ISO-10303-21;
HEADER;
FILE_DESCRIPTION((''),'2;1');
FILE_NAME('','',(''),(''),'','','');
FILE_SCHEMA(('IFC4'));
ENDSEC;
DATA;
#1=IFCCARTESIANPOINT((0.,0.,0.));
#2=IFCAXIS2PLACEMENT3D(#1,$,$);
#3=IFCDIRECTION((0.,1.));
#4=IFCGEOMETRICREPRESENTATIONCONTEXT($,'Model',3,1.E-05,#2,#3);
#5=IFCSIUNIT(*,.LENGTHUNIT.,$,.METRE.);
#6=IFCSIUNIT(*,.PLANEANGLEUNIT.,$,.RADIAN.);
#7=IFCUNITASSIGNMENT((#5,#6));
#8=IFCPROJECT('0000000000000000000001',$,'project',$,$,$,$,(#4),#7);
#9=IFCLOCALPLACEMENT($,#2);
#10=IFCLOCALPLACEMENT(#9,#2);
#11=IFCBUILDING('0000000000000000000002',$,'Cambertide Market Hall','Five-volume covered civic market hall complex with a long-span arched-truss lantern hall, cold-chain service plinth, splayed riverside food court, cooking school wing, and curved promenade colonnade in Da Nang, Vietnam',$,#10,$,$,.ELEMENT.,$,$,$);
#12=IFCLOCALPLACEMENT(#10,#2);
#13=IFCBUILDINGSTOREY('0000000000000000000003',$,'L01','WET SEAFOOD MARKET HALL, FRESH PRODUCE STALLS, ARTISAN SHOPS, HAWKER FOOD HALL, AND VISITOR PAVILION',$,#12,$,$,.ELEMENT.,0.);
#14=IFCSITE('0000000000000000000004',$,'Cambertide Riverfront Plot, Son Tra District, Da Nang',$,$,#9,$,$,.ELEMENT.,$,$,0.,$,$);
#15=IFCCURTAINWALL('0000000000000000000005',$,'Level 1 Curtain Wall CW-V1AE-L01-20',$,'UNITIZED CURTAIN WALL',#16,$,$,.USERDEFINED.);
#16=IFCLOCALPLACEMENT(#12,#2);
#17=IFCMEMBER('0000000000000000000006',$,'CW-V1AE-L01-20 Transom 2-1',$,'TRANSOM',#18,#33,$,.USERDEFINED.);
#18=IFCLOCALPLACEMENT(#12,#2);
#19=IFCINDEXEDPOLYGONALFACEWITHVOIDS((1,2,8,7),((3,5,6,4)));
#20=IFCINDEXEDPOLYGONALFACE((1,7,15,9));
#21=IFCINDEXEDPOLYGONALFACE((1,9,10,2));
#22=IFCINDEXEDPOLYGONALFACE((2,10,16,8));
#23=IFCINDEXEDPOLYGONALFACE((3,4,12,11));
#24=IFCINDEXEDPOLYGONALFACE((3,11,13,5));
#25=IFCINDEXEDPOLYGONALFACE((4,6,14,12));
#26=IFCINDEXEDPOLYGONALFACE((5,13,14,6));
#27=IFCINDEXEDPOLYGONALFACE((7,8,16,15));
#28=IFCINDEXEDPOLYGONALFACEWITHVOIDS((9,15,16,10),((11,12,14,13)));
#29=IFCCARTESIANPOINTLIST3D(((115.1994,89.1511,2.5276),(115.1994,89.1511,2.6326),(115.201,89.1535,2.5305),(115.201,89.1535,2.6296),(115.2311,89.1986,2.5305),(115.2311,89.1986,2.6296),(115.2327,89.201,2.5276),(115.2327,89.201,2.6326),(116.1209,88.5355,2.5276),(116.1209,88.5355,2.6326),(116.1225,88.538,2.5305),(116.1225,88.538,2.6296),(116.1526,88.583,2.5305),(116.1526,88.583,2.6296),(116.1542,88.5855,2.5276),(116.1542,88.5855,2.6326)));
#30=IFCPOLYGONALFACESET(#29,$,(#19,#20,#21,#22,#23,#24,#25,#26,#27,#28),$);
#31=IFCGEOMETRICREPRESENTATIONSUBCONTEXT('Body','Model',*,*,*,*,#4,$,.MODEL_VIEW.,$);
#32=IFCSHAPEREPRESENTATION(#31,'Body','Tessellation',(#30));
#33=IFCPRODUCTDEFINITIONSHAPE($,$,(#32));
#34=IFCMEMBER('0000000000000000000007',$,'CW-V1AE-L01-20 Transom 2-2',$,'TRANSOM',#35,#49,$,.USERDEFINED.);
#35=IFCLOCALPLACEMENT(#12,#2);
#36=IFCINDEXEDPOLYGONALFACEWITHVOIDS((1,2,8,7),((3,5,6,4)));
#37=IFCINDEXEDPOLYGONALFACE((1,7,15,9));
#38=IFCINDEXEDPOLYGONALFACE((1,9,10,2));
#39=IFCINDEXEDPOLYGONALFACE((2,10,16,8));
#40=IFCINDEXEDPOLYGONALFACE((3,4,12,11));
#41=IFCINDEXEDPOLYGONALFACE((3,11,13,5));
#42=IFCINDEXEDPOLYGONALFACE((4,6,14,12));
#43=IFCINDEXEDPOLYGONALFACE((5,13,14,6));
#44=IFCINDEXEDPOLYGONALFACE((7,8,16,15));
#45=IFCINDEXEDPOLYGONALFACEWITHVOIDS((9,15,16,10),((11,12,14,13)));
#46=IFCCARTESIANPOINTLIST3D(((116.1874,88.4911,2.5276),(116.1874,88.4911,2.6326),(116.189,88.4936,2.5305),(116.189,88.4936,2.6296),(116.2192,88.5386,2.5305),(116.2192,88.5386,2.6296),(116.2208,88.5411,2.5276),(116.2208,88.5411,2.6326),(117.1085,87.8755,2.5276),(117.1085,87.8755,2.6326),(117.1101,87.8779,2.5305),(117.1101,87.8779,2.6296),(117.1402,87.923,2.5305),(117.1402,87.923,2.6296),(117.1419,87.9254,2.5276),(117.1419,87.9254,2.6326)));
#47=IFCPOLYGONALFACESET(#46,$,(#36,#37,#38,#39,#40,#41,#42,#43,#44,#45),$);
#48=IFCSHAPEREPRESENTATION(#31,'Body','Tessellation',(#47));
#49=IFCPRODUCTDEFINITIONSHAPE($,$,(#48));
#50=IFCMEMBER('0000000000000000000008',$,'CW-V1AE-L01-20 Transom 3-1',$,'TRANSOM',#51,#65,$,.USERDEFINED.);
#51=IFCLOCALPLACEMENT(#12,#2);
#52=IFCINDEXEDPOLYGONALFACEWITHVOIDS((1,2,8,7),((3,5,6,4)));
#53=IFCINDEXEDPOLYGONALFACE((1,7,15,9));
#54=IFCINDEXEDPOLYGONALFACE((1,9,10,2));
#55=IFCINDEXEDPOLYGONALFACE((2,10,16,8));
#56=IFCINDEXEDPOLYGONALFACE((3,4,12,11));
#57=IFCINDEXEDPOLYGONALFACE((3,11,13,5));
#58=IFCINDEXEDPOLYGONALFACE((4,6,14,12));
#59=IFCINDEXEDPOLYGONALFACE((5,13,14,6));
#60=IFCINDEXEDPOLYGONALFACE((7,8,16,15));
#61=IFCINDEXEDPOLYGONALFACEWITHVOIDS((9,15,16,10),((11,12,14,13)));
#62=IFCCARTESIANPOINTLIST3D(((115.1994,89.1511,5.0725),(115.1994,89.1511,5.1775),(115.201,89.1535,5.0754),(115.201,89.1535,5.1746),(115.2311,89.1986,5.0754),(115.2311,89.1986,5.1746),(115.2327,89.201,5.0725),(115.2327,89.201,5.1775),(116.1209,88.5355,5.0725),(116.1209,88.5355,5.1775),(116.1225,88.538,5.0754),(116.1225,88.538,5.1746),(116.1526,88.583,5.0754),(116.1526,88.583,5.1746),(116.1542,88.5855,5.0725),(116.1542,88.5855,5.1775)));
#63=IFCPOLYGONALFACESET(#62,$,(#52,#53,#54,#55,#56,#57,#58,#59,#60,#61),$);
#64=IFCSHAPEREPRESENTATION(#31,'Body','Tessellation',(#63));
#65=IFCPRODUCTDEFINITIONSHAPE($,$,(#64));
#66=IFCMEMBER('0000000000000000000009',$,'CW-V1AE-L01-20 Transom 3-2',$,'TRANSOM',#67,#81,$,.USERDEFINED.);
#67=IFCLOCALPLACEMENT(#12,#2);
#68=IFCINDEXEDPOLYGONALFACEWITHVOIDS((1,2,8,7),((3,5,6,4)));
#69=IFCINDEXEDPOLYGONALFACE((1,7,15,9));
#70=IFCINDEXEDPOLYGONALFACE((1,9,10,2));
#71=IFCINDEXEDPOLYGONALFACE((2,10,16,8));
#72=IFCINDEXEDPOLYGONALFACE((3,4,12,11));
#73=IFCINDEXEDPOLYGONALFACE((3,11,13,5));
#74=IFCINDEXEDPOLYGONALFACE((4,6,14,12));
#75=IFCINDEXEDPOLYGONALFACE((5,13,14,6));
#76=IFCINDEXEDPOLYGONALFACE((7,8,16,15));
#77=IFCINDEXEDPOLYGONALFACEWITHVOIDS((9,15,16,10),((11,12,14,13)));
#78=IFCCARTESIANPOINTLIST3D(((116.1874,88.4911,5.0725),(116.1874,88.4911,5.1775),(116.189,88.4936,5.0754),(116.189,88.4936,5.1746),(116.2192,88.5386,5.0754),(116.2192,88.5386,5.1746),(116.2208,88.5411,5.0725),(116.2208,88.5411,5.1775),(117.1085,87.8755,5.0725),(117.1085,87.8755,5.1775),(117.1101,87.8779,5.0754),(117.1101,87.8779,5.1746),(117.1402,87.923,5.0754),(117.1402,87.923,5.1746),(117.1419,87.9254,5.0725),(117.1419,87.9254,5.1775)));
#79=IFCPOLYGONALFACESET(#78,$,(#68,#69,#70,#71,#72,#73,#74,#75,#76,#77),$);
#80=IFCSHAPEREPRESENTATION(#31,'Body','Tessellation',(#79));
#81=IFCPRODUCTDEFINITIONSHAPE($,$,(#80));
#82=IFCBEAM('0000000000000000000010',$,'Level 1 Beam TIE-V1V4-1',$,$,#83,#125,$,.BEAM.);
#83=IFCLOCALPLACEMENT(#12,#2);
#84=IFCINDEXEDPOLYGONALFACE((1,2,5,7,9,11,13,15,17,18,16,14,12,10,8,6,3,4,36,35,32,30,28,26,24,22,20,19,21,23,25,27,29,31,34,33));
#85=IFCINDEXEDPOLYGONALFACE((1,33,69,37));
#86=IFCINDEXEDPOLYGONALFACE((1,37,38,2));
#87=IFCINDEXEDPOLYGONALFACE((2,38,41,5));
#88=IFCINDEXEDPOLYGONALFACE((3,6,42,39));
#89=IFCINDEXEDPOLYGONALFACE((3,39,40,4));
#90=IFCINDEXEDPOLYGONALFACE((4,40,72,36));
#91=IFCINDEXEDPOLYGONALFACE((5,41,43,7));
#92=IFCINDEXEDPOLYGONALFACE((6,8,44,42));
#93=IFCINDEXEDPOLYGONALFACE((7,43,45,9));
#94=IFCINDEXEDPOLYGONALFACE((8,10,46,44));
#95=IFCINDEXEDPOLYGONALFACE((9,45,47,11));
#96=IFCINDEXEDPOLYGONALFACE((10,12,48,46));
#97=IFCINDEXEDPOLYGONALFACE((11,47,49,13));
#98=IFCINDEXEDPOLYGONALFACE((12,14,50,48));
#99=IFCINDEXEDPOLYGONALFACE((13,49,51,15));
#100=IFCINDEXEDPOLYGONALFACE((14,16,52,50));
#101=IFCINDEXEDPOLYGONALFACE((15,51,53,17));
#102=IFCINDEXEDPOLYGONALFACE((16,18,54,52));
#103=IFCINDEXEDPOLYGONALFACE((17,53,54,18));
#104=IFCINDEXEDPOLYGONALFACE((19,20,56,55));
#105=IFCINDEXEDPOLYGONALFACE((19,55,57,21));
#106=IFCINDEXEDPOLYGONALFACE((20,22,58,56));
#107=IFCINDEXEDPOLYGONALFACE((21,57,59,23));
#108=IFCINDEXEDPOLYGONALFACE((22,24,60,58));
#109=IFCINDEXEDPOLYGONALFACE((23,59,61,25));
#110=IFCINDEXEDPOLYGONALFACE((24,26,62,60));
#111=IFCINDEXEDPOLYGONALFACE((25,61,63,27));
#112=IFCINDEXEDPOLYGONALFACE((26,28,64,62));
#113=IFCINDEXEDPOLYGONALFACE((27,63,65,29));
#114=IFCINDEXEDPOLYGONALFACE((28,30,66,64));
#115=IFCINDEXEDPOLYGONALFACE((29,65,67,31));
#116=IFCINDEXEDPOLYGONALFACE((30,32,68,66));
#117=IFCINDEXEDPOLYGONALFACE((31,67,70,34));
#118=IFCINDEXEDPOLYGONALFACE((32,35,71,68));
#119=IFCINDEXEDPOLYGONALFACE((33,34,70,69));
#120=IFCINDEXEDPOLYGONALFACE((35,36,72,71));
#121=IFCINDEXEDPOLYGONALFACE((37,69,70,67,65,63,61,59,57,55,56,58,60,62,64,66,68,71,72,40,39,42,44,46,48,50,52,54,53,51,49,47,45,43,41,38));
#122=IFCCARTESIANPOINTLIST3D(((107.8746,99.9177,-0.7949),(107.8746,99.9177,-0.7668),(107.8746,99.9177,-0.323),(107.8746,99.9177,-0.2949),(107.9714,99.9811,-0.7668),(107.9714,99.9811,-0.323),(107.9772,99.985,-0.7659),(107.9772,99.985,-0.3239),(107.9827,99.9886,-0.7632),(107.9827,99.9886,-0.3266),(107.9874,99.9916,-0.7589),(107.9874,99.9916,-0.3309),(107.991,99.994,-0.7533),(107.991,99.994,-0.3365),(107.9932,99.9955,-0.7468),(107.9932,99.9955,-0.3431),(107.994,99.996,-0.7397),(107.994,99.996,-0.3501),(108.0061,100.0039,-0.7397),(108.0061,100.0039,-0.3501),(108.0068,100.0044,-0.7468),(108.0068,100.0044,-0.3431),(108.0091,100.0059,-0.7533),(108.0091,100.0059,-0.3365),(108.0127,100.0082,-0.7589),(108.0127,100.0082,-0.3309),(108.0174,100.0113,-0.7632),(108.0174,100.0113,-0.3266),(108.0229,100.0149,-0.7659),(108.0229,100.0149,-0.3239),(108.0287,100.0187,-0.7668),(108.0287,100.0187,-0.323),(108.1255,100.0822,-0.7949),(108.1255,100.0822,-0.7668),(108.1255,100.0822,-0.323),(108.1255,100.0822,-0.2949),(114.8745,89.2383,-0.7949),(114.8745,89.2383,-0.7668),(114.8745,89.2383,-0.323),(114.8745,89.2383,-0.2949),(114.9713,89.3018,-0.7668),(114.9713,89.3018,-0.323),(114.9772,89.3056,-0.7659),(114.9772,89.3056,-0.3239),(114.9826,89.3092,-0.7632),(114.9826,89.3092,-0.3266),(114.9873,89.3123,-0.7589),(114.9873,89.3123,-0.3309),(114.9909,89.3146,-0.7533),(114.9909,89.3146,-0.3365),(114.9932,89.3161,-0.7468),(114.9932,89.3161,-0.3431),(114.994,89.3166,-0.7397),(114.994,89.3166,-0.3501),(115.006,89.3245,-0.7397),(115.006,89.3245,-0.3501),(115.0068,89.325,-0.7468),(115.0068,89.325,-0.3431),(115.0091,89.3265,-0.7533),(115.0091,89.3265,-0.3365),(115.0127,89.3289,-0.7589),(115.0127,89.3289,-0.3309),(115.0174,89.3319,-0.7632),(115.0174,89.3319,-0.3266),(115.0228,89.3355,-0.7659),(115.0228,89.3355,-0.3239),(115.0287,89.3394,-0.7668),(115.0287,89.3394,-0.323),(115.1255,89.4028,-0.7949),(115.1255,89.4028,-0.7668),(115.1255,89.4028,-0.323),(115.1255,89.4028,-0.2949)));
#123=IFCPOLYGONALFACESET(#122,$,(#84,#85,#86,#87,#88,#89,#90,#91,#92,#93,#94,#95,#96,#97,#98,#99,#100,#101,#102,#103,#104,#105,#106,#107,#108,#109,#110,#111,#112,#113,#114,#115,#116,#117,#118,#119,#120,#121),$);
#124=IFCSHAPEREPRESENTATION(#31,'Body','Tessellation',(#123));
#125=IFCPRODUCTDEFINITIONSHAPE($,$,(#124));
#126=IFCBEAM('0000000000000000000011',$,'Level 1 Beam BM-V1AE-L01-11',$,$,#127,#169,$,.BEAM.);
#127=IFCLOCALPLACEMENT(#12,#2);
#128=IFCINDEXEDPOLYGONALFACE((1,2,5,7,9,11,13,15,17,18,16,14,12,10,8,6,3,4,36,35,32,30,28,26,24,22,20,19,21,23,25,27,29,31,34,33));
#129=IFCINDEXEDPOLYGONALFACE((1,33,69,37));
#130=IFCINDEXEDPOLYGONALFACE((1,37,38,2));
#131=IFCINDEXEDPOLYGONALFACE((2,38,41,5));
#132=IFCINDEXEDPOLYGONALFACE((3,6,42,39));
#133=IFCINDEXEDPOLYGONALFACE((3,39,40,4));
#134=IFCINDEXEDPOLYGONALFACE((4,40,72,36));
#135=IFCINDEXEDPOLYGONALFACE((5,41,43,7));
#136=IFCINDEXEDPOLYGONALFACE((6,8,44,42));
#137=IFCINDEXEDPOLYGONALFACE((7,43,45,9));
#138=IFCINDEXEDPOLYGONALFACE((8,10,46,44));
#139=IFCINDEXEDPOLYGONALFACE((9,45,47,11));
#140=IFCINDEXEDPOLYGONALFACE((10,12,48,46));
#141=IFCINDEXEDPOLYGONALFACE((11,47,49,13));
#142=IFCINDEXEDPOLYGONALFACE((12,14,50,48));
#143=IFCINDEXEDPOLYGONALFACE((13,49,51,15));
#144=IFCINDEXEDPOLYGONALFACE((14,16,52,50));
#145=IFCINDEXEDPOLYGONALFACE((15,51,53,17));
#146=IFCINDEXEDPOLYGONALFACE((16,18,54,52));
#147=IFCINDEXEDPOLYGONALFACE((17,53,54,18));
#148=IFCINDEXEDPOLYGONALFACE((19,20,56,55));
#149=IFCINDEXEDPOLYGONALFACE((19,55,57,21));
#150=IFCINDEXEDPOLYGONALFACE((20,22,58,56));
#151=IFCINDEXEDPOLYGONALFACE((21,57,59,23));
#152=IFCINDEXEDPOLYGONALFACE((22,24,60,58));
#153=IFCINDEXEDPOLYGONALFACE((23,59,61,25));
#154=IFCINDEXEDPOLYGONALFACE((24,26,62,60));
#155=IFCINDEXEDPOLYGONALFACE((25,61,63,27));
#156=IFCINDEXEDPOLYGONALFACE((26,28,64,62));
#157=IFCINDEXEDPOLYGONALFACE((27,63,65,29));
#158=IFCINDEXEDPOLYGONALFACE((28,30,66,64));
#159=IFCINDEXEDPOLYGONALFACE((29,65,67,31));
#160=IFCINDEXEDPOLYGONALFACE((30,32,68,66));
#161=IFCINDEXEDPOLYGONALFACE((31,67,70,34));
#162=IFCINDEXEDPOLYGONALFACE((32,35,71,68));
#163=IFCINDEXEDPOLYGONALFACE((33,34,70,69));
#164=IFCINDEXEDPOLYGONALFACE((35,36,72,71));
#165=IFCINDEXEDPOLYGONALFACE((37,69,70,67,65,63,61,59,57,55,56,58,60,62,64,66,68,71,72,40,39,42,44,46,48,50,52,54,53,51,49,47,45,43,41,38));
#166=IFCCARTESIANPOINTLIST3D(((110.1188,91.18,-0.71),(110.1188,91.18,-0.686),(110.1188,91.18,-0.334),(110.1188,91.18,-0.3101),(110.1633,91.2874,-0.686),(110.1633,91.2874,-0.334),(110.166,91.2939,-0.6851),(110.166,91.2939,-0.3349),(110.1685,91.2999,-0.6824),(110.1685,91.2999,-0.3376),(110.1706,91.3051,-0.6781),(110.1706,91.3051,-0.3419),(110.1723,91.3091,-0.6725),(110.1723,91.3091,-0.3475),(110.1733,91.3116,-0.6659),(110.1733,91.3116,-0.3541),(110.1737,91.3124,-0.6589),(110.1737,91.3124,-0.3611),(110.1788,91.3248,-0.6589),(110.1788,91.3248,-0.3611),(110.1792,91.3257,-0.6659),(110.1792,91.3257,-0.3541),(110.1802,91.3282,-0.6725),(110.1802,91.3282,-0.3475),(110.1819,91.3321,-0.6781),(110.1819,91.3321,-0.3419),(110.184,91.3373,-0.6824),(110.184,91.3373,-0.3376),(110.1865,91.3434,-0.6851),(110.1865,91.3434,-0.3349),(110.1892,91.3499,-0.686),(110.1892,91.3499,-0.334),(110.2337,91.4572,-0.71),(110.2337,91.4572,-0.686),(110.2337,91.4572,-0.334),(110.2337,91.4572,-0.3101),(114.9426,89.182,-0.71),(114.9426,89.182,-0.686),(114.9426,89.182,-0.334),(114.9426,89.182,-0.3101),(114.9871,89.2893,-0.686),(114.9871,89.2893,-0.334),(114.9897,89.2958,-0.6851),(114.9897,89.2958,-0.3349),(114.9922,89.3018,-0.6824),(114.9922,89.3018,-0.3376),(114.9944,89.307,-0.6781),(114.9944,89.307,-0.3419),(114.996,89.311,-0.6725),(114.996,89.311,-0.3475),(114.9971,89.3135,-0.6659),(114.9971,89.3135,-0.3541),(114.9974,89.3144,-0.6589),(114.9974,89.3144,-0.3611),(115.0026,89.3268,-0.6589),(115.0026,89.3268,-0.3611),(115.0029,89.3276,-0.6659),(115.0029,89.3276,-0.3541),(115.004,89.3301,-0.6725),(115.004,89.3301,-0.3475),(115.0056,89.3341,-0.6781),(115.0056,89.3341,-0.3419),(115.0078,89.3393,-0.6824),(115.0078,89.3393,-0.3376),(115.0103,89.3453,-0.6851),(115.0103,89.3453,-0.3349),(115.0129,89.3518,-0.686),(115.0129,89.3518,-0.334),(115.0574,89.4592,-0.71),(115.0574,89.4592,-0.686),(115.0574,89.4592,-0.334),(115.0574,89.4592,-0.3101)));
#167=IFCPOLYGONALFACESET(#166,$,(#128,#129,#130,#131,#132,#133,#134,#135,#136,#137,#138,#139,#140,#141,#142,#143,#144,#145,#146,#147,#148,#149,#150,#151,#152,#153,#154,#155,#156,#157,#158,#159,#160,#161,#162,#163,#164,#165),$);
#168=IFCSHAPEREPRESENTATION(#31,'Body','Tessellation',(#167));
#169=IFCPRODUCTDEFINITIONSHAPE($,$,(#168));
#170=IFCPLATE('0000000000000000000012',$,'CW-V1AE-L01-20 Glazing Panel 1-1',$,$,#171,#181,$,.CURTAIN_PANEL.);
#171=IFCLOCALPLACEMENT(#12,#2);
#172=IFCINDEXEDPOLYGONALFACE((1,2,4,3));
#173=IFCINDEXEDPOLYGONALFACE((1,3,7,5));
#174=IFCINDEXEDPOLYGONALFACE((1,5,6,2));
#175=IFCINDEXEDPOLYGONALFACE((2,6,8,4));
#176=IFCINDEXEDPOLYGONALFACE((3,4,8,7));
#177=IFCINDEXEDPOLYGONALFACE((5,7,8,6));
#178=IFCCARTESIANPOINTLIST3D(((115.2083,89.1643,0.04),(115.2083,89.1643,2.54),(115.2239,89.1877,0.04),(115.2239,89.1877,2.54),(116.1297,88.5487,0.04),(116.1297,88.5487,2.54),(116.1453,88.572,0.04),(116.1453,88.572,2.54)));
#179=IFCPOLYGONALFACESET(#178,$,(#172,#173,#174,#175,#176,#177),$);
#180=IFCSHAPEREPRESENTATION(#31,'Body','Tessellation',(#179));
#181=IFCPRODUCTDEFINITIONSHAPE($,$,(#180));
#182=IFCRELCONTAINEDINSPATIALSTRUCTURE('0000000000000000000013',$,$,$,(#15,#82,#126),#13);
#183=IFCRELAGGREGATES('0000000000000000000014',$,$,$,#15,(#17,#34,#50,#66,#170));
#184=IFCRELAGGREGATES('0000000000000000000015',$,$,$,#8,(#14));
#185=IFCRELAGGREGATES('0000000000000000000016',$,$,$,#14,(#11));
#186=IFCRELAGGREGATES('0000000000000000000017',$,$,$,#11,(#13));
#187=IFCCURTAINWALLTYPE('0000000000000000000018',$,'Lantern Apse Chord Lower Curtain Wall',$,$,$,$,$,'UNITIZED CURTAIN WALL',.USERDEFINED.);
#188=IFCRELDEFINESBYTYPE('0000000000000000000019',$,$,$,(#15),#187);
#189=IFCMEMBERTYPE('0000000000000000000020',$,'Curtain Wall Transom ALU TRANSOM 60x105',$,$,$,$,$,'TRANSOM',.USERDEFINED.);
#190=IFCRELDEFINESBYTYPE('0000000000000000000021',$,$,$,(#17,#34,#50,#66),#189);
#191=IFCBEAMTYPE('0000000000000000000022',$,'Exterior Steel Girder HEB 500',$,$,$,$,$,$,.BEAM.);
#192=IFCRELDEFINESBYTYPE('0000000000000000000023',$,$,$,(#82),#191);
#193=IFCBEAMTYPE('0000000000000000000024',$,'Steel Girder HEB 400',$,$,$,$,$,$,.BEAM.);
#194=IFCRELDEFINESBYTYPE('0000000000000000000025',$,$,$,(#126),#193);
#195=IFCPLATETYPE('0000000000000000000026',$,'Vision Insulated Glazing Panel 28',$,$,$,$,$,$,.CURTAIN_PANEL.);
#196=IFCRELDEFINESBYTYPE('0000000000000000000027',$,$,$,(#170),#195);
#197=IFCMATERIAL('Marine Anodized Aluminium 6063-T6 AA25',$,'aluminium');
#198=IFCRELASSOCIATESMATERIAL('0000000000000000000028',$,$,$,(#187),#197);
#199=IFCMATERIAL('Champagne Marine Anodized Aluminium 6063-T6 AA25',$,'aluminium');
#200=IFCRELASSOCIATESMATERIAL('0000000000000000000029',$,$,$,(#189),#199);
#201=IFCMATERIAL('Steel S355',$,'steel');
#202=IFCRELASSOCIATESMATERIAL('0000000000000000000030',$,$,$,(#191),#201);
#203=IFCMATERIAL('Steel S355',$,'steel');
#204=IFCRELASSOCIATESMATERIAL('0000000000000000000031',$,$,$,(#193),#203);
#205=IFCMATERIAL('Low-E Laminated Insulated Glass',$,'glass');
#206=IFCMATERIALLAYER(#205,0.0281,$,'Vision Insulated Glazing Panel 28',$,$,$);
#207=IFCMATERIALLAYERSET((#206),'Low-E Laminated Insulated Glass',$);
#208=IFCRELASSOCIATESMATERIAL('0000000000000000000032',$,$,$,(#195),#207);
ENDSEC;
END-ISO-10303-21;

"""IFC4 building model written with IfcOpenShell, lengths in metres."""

from ifc_helpers import new_model, si_unit, direction, frame, origin, origin_2d, place, context, subcontext, project, spatial, rectangle, hollow_rectangle, i_section, extrude, material, layer, layer_set, material_profile, profile_set, type_object, element, aggregate, save


model = new_model("IFC4")

# Units and contexts
model_context = context("Model", 3, precision=1e-05, world=origin(), true_north=direction((0.0, 1.0)))
body_context = subcontext(model_context, "Body", "Model", "MODEL_VIEW")
ifc_project = project(units=[si_unit("LENGTHUNIT", "METRE"), si_unit("PLANEANGLEUNIT", "RADIAN")], contexts=[model_context])

# Site, building, storey
site_placement = place(None, origin())
site = spatial("IfcSite", under=ifc_project, at=site_placement, Name="Cambertide Riverfront Plot, Son Tra District, Da Nang", CompositionType="ELEMENT", RefElevation=0.0)
building_placement = place(site_placement, origin())
building = spatial("IfcBuilding", under=site, at=building_placement, Name="Cambertide Market Hall", Description="Five-volume covered civic market hall complex with a long-span arched-truss lantern hall, cold-chain service plinth, splayed riverside food court, cooking school wing, and curved promenade colonnade in Da Nang, Vietnam", CompositionType="ELEMENT")
storey_placement = place(building_placement, origin())
storey = spatial("IfcBuildingStorey", under=building, at=storey_placement, Name="L01", Description="WET SEAFOOD MARKET HALL, FRESH PRODUCE STALLS, ARTISAN SHOPS, HAWKER FOOD HALL, AND VISITOR PAVILION", CompositionType="ELEMENT", Elevation=0.0)

# Shared definitions
ifc_material_1 = material(Name="Marine Anodized Aluminium 6063-T6 AA25", Category="aluminium")
curtain_wall_type = type_object("IfcCurtainWallType", Name="Lantern Apse Chord Lower Curtain Wall", ElementType="UNITIZED CURTAIN WALL", PredefinedType="USERDEFINED", material=ifc_material_1)

# Curtain wall
curtain_wall_1_placement = place(storey_placement, origin())
curtain_wall_1 = element("IfcCurtainWall", 1, at=curtain_wall_1_placement, inside=storey, type_object=curtain_wall_type, Name="Level 1 Curtain Wall CW-V1AE-L01-20", ObjectType="UNITIZED CURTAIN WALL", PredefinedType="USERDEFINED")

# Members
ifc_material_2 = material(Name="Champagne Marine Anodized Aluminium 6063-T6 AA25", Category="aluminium")
ifc_material_profile_1 = material_profile(ifc_material_2, hollow_rectangle(XDim=0.0601, YDim=0.105, WallThickness=0.0029, at=origin_2d()), Name="ALU TRANSOM 60x105")
ifc_profile_set_1 = profile_set([ifc_material_profile_1], Name="Champagne Marine Anodized Aluminium 6063-T6 AA25")
member_type_1 = type_object("IfcMemberType", Name="Curtain Wall Transom ALU TRANSOM 60x105", ElementType="TRANSOM", PredefinedType="USERDEFINED", material=ifc_profile_set_1)
member_1_placement = place(storey_placement, frame((115.2161, 89.176, 2.5801), z_axis=(0.831541, -0.555463, 0.0), x_axis=(0.555463, 0.831541, 0.0)))
member_1 = element("IfcMember", 2, at=member_1_placement, type_object=member_type_1, Name="CW-V1AE-L01-20 Transom 2-1", ObjectType="TRANSOM", PredefinedType="USERDEFINED", context=body_context, shape_type="SweptSolid", body=[
    extrude(hollow_rectangle(XDim=0.0601, YDim=0.105, WallThickness=0.0029, at=origin_2d()), origin(), (0.0, 0.0, 1.0), 1.1082),
])
member_2_placement = place(storey_placement, frame((116.2041, 88.5161, 2.5801), z_axis=(0.831372, -0.555717, 0.0), x_axis=(0.555717, 0.831372, 0.0)))
member_2 = element("IfcMember", 3, at=member_2_placement, type_object=member_type_1, Name="CW-V1AE-L01-20 Transom 2-2", ObjectType="TRANSOM", PredefinedType="USERDEFINED", context=body_context, shape_type="SweptSolid", body=[
    extrude(hollow_rectangle(XDim=0.0601, YDim=0.105, WallThickness=0.0029, at=origin_2d()), origin(), (0.0, 0.0, 1.0), 1.1079),
])
member_3_placement = place(storey_placement, frame((115.2161, 89.176, 5.125), z_axis=(0.831541, -0.555463, 0.0), x_axis=(0.555463, 0.831541, 0.0)))
member_3 = element("IfcMember", 4, at=member_3_placement, type_object=member_type_1, Name="CW-V1AE-L01-20 Transom 3-1", ObjectType="TRANSOM", PredefinedType="USERDEFINED", context=body_context, shape_type="SweptSolid", body=[
    extrude(hollow_rectangle(XDim=0.0601, YDim=0.105, WallThickness=0.0029, at=origin_2d()), origin(), (0.0, 0.0, 1.0), 1.1082),
])
member_4_placement = place(storey_placement, frame((116.2041, 88.5161, 5.125), z_axis=(0.831372, -0.555717, 0.0), x_axis=(0.555717, 0.831372, 0.0)))
member_4 = element("IfcMember", 5, at=member_4_placement, type_object=member_type_1, Name="CW-V1AE-L01-20 Transom 3-2", ObjectType="TRANSOM", PredefinedType="USERDEFINED", context=body_context, shape_type="SweptSolid", body=[
    extrude(hollow_rectangle(XDim=0.0601, YDim=0.105, WallThickness=0.0029, at=origin_2d()), origin(), (0.0, 0.0, 1.0), 1.1079),
])

# Beams
ifc_material_3 = material(Name="Steel S355", Category="steel")
ifc_material_profile_2 = material_profile(ifc_material_3, i_section(OverallWidth=0.3, OverallDepth=0.5, WebThickness=0.0144, FlangeThickness=0.0281, FilletRadius=0.0271, at=origin_2d()), Name="HEB 500")
ifc_profile_set_2 = profile_set([ifc_material_profile_2], Name="Steel S355")
beam_type_1 = type_object("IfcBeamType", Name="Exterior Steel Girder HEB 500", PredefinedType="BEAM", material=ifc_profile_set_2)
beam_1_placement = place(storey_placement, frame((115.0, 89.3206, -0.5449), z_axis=(-0.548197, 0.836349, 0.0), x_axis=(-0.836349, -0.548197, 0.0)))
element("IfcBeam", 6, at=beam_1_placement, inside=storey, type_object=beam_type_1, Name="Level 1 Beam TIE-V1V4-1", PredefinedType="BEAM", context=body_context, shape_type="SweptSolid", body=[
    extrude(i_section(OverallWidth=0.3, OverallDepth=0.5, WebThickness=0.0144, FlangeThickness=0.0281, FilletRadius=0.0271, at=origin_2d()), origin(), (0.0, 0.0, 1.0), 12.769),
])
ifc_material_4 = material(Name="Steel S355", Category="steel")
ifc_material_profile_3 = material_profile(ifc_material_4, i_section(OverallWidth=0.3, OverallDepth=0.3999, WebThickness=0.0134, FlangeThickness=0.0239, FilletRadius=0.0271, at=origin_2d()), Name="HEB 400")
ifc_profile_set_3 = profile_set([ifc_material_profile_3], Name="Steel S355")
beam_type_2 = type_object("IfcBeamType", Name="Steel Girder HEB 400", PredefinedType="BEAM", material=ifc_profile_set_3)
beam_2_placement = place(storey_placement, frame((115.0, 89.3206, -0.51), z_axis=(-0.92388, 0.382682, 0.0), x_axis=(-0.382682, -0.92388, 0.0)))
element("IfcBeam", 7, at=beam_2_placement, inside=storey, type_object=beam_type_2, Name="Level 1 Beam BM-V1AE-L01-11", PredefinedType="BEAM", context=body_context, shape_type="SweptSolid", body=[
    extrude(i_section(OverallWidth=0.3, OverallDepth=0.3999, WebThickness=0.0134, FlangeThickness=0.0239, FilletRadius=0.0271, at=origin_2d()), origin(), (0.0, 0.0, 1.0), 5.2212),
])

# Plate
ifc_material_5 = material(Name="Low-E Laminated Insulated Glass", Category="glass")
ifc_layer_1 = layer(ifc_material_5, 0.0281, Name="Vision Insulated Glazing Panel 28")
ifc_layer_set_1 = layer_set([ifc_layer_1], Name="Low-E Laminated Insulated Glass")
plate_type = type_object("IfcPlateType", Name="Vision Insulated Glazing Panel 28", PredefinedType="CURTAIN_PANEL", material=ifc_layer_set_1)
plate_1_placement = place(storey_placement, frame((115.6768, 88.8682, 0.04), z_axis=(0.0, 0.0, 1.0), x_axis=(0.83147, -0.55557, 0.0)))
plate_1 = element("IfcPlate", 8, at=plate_1_placement, type_object=plate_type, Name="CW-V1AE-L01-20 Glazing Panel 1-1", PredefinedType="CURTAIN_PANEL", context=body_context, shape_type="SweptSolid", body=[
    extrude(rectangle(XDim=1.1082, YDim=0.0281, at=origin_2d()), origin(), (0.0, 0.0, 1.0), 2.5),
])
aggregate(curtain_wall_1, [member_1, member_2, member_3, member_4, plate_1])

save(model, "model.ifc")
